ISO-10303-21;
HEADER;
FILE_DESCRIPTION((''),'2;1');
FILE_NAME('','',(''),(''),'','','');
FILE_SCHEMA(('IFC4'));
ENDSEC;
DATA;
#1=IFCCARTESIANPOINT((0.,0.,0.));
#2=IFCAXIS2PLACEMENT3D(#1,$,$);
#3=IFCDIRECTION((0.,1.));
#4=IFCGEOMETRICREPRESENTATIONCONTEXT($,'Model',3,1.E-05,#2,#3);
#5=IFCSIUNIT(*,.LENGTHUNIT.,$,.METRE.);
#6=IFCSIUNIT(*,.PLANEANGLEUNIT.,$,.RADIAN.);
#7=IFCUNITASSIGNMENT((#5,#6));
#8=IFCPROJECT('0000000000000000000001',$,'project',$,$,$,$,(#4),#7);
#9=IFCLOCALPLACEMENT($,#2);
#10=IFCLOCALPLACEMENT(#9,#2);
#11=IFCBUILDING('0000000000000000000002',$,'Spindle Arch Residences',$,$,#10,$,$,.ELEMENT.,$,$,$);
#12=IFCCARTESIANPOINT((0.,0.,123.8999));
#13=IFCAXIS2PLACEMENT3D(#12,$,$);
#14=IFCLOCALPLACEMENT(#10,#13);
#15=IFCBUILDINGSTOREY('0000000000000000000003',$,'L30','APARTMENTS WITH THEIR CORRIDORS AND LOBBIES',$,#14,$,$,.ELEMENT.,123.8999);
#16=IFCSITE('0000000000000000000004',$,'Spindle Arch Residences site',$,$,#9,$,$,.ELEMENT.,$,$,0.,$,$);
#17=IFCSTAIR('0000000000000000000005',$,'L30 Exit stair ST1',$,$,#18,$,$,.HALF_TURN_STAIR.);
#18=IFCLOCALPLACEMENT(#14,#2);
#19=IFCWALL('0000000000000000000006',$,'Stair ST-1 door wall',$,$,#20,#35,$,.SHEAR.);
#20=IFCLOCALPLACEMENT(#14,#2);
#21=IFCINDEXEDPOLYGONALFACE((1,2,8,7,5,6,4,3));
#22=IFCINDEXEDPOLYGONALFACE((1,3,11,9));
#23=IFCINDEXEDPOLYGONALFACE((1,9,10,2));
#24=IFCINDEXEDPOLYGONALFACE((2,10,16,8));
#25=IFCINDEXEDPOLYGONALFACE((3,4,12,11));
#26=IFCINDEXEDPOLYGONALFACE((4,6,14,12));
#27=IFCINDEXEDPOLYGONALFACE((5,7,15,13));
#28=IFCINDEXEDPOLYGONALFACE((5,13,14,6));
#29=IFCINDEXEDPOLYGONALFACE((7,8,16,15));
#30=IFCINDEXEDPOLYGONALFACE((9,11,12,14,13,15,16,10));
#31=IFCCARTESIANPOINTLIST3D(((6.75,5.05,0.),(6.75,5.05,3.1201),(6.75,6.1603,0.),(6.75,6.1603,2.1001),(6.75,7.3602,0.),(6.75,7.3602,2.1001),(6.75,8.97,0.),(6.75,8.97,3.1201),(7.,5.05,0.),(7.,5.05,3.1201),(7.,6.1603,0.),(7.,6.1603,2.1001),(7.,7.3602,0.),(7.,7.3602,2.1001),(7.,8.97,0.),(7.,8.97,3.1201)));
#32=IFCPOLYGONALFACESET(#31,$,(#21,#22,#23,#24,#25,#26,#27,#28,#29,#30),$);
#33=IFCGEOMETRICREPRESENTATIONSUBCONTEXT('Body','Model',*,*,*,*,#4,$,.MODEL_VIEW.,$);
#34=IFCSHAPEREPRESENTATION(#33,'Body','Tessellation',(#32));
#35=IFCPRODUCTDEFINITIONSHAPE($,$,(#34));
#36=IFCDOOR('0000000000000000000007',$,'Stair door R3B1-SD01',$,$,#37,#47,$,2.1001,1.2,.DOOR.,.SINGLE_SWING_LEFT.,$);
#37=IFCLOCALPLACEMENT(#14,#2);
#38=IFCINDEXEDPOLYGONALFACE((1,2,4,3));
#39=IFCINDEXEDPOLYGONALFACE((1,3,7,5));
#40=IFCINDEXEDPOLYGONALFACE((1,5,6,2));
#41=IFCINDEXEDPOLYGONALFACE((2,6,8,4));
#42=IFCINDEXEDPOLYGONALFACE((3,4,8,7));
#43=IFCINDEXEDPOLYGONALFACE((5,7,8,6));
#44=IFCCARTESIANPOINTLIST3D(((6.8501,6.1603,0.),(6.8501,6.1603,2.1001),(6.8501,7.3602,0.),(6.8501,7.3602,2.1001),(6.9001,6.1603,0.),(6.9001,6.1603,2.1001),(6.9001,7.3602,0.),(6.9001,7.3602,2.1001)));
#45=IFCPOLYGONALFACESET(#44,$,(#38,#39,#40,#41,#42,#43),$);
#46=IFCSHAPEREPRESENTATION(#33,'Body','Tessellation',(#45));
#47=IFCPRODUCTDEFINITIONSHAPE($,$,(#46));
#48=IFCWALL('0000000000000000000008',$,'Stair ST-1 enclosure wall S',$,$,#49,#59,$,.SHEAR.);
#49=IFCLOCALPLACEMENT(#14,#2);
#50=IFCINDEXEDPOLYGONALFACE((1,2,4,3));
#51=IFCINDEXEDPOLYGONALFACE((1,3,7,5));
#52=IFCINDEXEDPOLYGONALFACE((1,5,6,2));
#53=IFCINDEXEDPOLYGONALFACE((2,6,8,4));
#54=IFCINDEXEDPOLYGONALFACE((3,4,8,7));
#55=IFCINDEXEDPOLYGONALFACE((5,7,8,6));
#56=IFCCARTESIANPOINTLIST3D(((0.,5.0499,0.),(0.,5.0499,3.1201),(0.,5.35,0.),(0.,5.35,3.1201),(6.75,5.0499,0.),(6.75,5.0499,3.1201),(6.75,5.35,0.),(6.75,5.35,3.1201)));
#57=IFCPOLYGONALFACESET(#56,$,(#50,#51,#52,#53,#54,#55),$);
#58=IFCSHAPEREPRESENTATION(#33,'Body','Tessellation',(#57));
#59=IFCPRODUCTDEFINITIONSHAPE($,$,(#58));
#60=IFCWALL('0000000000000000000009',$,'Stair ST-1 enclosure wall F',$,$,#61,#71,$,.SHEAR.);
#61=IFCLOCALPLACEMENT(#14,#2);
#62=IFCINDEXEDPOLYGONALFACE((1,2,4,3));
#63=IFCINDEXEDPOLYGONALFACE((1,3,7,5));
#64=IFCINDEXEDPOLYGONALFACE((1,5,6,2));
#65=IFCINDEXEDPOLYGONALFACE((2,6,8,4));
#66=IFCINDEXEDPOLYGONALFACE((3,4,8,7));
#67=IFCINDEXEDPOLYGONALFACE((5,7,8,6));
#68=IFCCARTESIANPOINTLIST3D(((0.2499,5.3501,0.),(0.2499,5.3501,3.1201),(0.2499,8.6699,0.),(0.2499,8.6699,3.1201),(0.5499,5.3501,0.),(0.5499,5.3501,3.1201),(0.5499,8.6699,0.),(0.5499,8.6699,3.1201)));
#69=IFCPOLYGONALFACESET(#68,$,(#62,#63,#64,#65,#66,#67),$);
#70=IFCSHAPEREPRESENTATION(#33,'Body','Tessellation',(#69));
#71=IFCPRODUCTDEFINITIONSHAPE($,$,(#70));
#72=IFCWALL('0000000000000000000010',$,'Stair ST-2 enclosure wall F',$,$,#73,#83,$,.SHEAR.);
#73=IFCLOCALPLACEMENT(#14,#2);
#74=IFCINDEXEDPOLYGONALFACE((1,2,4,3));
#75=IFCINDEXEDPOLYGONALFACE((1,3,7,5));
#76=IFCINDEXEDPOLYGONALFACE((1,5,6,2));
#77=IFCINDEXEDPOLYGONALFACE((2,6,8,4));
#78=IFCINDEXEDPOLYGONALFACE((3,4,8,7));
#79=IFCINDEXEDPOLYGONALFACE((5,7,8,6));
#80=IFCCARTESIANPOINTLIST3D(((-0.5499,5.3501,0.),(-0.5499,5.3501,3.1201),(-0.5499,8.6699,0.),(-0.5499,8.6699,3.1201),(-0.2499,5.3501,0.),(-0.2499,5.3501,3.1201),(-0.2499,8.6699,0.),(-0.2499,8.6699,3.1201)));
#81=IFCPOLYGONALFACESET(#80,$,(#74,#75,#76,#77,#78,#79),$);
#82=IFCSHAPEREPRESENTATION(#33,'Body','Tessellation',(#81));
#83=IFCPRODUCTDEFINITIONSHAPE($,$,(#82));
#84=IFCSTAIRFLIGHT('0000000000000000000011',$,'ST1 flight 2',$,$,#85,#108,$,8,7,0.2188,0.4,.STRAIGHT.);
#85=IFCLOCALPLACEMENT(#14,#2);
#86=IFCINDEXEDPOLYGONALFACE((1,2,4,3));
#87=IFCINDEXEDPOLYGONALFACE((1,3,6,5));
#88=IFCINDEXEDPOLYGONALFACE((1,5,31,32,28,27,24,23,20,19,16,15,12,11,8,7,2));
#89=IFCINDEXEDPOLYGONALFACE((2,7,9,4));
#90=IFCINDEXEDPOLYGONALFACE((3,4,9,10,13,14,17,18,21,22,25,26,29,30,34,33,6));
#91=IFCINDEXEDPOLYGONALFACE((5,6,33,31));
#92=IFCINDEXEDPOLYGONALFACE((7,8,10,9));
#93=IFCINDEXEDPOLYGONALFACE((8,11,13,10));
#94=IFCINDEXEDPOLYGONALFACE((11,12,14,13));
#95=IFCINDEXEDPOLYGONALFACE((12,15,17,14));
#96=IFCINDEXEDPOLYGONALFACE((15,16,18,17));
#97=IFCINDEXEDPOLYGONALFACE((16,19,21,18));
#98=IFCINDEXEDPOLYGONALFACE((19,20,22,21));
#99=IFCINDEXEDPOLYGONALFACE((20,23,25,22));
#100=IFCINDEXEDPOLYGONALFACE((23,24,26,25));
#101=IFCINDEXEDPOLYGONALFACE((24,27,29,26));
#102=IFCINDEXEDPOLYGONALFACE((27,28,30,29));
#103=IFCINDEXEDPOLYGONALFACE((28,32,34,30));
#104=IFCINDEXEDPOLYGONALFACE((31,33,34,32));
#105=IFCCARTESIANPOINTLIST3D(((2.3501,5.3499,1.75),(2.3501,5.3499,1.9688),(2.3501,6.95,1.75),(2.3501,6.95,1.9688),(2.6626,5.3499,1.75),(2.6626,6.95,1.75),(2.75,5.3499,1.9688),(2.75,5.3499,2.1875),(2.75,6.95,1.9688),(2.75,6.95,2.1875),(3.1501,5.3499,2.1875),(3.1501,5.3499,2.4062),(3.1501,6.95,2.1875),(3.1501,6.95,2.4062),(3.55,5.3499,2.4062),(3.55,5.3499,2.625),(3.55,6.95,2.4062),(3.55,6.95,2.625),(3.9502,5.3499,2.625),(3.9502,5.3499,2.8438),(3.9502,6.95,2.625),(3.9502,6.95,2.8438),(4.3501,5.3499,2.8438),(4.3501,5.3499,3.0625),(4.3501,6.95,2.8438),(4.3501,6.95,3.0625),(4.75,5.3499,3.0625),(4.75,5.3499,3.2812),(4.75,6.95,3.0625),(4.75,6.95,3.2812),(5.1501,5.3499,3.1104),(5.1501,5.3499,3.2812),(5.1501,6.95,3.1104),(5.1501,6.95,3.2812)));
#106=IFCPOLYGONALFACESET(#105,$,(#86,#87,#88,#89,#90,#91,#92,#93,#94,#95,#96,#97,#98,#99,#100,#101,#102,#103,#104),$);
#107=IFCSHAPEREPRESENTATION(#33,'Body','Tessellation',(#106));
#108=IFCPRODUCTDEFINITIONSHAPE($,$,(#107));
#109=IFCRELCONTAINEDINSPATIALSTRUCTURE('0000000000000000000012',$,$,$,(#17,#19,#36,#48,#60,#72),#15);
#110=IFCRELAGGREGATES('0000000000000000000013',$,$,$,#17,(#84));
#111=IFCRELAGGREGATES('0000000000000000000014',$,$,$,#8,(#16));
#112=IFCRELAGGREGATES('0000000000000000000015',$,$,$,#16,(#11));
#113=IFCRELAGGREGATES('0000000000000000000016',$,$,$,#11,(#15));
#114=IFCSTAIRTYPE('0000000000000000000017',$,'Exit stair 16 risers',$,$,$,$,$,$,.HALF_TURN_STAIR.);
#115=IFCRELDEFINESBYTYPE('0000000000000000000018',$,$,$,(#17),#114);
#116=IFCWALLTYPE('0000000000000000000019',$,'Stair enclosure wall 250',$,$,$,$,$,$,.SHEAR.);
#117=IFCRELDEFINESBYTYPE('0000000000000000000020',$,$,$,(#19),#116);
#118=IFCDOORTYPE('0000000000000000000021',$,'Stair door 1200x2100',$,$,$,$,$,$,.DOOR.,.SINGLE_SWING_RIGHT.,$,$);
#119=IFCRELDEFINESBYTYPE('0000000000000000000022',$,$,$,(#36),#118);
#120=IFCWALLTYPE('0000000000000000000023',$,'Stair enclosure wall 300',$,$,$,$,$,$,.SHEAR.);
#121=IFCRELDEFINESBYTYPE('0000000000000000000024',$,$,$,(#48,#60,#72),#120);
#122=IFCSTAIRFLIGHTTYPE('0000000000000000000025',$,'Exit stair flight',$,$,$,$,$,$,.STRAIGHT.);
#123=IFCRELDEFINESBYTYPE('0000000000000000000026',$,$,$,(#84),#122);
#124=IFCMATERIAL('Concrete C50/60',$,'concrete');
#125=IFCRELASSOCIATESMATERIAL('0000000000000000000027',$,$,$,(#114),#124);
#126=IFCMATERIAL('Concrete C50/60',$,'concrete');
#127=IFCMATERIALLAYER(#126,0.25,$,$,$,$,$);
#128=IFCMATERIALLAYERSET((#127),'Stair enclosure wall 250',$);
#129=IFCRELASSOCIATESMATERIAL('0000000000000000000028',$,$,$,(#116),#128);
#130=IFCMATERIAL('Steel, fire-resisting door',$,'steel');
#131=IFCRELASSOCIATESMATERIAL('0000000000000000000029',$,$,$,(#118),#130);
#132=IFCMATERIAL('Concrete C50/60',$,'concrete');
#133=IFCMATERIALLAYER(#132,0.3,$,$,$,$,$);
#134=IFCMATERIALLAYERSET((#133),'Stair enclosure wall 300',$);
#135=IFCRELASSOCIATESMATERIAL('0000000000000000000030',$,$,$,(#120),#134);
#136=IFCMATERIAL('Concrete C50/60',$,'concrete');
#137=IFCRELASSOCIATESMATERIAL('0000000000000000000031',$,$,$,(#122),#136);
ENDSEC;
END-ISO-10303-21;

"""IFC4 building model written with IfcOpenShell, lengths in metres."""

from ifc_helpers import new_model, si_unit, direction, frame, frame_2d, origin, place, context, subcontext, project, spatial, polyline, rectangle, outline, extrude, material, layer, layer_set, type_object, element, fill, aggregate, save


model = new_model("IFC4")

# Units and contexts
model_context = context("Model", 3, precision=1e-05, world=origin(), true_north=direction((0.0, 1.0)))
body_context = subcontext(model_context, "Body", "Model", "MODEL_VIEW")
ifc_project = project(units=[si_unit("LENGTHUNIT", "METRE"), si_unit("PLANEANGLEUNIT", "RADIAN")], contexts=[model_context])

# Site, building, storey
site_placement = place(None, origin())
site = spatial("IfcSite", under=ifc_project, at=site_placement, Name="Spindle Arch Residences site", CompositionType="ELEMENT", RefElevation=0.0)
building_placement = place(site_placement, origin())
building = spatial("IfcBuilding", under=site, at=building_placement, Name="Spindle Arch Residences", CompositionType="ELEMENT")
storey_placement = place(building_placement, frame((0.0, 0.0, 123.8999)))
storey = spatial("IfcBuildingStorey", under=building, at=storey_placement, Name="L30", Description="APARTMENTS WITH THEIR CORRIDORS AND LOBBIES", CompositionType="ELEMENT", Elevation=123.8999)

# Stair
ifc_material_1 = material(Name="Concrete C50/60", Category="concrete")
stair_type = type_object("IfcStairType", Name="Exit stair 16 risers", PredefinedType="HALF_TURN_STAIR", material=ifc_material_1)
stair_1_placement = place(storey_placement, origin())
stair_1 = element("IfcStair", 1, at=stair_1_placement, inside=storey, type_object=stair_type, Name="L30 Exit stair ST1", PredefinedType="HALF_TURN_STAIR")

# Wall, opening, door
ifc_material_2 = material(Name="Concrete C50/60", Category="concrete")
ifc_layer_1 = layer(ifc_material_2, 0.25)
ifc_layer_set_1 = layer_set([ifc_layer_1], Name="Stair enclosure wall 250")
wall_type_1 = type_object("IfcWallType", Name="Stair enclosure wall 250", PredefinedType="SHEAR", material=ifc_layer_set_1)
wall_1_placement = place(storey_placement, frame((6.875, 5.05, 0.0), z_axis=(0.0, 0.0, 1.0), x_axis=(0.0, 1.0, 0.0)))
wall_1 = element("IfcWall", 2, at=wall_1_placement, inside=storey, type_object=wall_type_1, Name="Stair ST-1 door wall", PredefinedType="SHEAR", context=body_context, shape_type="SweptSolid", body=[
    extrude(rectangle(XDim=3.9199, YDim=0.25, at=frame_2d((1.96, 0.0))), origin(), (0.0, 0.0, 1.0), 3.1201),
])
opening_1_placement = place(wall_1_placement, frame((1.1101, 0.0, 0.0)))
opening_1 = element("IfcOpeningElement", 3, at=opening_1_placement, cuts=wall_1, PredefinedType="OPENING", context=body_context, shape_type="SweptSolid", body=[
    extrude(rectangle(XDim=1.2, YDim=2.1001, at=frame_2d((0.6001, 1.05))), frame((0.0, 0.135, 0.0), z_axis=(0.0, -1.0, 0.0), x_axis=(1.0, 0.0, 0.0)), (0.0, 0.0, 1.0), 0.27),
])
ifc_material_3 = material(Name="Steel, fire-resisting door", Category="steel")
door_type_1 = type_object("IfcDoorType", Name="Stair door 1200x2100", OperationType="SINGLE_SWING_RIGHT", PredefinedType="DOOR", material=ifc_material_3)
door_1_placement = place(opening_1_placement, origin())
door_1 = element("IfcDoor", 4, at=door_1_placement, inside=storey, type_object=door_type_1, Name="Stair door R3B1-SD01", OperationType="SINGLE_SWING_LEFT", OverallHeight=2.1001, OverallWidth=1.2, PredefinedType="DOOR", context=body_context, shape_type="SweptSolid", body=[
    extrude(rectangle(XDim=1.2, YDim=2.1001, at=frame_2d((0.6001, 1.05))), frame((0.0, 0.0249, 0.0), z_axis=(0.0, -1.0, 0.0), x_axis=(1.0, 0.0, 0.0)), (0.0, 0.0, 1.0), 0.05),
])
fill(opening_1, door_1)

# Walls
ifc_material_4 = material(Name="Concrete C50/60", Category="concrete")
ifc_layer_2 = layer(ifc_material_4, 0.3)
ifc_layer_set_2 = layer_set([ifc_layer_2], Name="Stair enclosure wall 300")
wall_type_2 = type_object("IfcWallType", Name="Stair enclosure wall 300", PredefinedType="SHEAR", material=ifc_layer_set_2)
wall_2_placement = place(storey_placement, frame((0.0, 5.2, 0.0), z_axis=(0.0, 0.0, 1.0), x_axis=(1.0, 0.0, 0.0)))
element("IfcWall", 5, at=wall_2_placement, inside=storey, type_object=wall_type_2, Name="Stair ST-1 enclosure wall S", PredefinedType="SHEAR", context=body_context, shape_type="SweptSolid", body=[
    extrude(rectangle(XDim=6.75, YDim=0.3, at=frame_2d((3.375, 0.0))), origin(), (0.0, 0.0, 1.0), 3.1201),
])
for number, where, z_axis, x_axis, name in (
    (6, (0.3999, 5.3501, 0.0), (0.0, 0.0, 1.0), (0.0, 1.0, 0.0), "Stair ST-1 enclosure wall F"),
    (7, (-0.3999, 5.3501, 0.0), (0.0, 0.0, 1.0), (0.0, 1.0, 0.0), "Stair ST-2 enclosure wall F"),
):
    element("IfcWall", number, at=place(storey_placement, frame(where, z_axis=z_axis, x_axis=x_axis)), inside=storey, type_object=wall_type_2, Name=name, PredefinedType="SHEAR", context=body_context, shape_type="SweptSolid", body=[
        extrude(rectangle(XDim=3.3198, YDim=0.3, at=frame_2d((1.6599, 0.0))), origin(), (0.0, 0.0, 1.0), 3.1201),
    ])

# Stair flight
ifc_material_5 = material(Name="Concrete C50/60", Category="concrete")
stair_flight_type = type_object("IfcStairFlightType", Name="Exit stair flight", PredefinedType="STRAIGHT", material=ifc_material_5)
stair_flight_placement = place(storey_placement, frame((2.3501, 6.1499, 1.75), z_axis=(0.0, 0.0, 1.0), x_axis=(1.0, 0.0, 0.0)))
stair_flight = element("IfcStairFlight", 8, at=stair_flight_placement, type_object=stair_flight_type, Name="ST1 flight 2", NumberOfRisers=8, NumberOfTreads=7, PredefinedType="STRAIGHT", RiserHeight=0.2188, TreadLength=0.4, context=body_context, shape_type="SweptSolid", body=[
    extrude(outline(polyline([(0.0, 0.0), (0.0, 0.2188), (0.3999, 0.2188), (0.3999, 0.4375), (0.8, 0.4375), (0.8, 0.6562), (1.2, 0.6562), (1.2, 0.875), (1.6001, 0.875), (1.6001, 1.0938), (2.0, 1.0938), (2.0, 1.3125), (2.3999, 1.3125), (2.3999, 1.5312), (2.8, 1.5312), (2.8, 1.75), (2.8, 1.3604), (0.3125, 0.0), (0.0, 0.0)])), frame((0.0, 0.8, 0.0), z_axis=(0.0, -1.0, 0.0), x_axis=(1.0, 0.0, 0.0)), (0.0, 0.0, 1.0), 1.6001),
])
aggregate(stair_1, [stair_flight])

save(model, "model.ifc")
